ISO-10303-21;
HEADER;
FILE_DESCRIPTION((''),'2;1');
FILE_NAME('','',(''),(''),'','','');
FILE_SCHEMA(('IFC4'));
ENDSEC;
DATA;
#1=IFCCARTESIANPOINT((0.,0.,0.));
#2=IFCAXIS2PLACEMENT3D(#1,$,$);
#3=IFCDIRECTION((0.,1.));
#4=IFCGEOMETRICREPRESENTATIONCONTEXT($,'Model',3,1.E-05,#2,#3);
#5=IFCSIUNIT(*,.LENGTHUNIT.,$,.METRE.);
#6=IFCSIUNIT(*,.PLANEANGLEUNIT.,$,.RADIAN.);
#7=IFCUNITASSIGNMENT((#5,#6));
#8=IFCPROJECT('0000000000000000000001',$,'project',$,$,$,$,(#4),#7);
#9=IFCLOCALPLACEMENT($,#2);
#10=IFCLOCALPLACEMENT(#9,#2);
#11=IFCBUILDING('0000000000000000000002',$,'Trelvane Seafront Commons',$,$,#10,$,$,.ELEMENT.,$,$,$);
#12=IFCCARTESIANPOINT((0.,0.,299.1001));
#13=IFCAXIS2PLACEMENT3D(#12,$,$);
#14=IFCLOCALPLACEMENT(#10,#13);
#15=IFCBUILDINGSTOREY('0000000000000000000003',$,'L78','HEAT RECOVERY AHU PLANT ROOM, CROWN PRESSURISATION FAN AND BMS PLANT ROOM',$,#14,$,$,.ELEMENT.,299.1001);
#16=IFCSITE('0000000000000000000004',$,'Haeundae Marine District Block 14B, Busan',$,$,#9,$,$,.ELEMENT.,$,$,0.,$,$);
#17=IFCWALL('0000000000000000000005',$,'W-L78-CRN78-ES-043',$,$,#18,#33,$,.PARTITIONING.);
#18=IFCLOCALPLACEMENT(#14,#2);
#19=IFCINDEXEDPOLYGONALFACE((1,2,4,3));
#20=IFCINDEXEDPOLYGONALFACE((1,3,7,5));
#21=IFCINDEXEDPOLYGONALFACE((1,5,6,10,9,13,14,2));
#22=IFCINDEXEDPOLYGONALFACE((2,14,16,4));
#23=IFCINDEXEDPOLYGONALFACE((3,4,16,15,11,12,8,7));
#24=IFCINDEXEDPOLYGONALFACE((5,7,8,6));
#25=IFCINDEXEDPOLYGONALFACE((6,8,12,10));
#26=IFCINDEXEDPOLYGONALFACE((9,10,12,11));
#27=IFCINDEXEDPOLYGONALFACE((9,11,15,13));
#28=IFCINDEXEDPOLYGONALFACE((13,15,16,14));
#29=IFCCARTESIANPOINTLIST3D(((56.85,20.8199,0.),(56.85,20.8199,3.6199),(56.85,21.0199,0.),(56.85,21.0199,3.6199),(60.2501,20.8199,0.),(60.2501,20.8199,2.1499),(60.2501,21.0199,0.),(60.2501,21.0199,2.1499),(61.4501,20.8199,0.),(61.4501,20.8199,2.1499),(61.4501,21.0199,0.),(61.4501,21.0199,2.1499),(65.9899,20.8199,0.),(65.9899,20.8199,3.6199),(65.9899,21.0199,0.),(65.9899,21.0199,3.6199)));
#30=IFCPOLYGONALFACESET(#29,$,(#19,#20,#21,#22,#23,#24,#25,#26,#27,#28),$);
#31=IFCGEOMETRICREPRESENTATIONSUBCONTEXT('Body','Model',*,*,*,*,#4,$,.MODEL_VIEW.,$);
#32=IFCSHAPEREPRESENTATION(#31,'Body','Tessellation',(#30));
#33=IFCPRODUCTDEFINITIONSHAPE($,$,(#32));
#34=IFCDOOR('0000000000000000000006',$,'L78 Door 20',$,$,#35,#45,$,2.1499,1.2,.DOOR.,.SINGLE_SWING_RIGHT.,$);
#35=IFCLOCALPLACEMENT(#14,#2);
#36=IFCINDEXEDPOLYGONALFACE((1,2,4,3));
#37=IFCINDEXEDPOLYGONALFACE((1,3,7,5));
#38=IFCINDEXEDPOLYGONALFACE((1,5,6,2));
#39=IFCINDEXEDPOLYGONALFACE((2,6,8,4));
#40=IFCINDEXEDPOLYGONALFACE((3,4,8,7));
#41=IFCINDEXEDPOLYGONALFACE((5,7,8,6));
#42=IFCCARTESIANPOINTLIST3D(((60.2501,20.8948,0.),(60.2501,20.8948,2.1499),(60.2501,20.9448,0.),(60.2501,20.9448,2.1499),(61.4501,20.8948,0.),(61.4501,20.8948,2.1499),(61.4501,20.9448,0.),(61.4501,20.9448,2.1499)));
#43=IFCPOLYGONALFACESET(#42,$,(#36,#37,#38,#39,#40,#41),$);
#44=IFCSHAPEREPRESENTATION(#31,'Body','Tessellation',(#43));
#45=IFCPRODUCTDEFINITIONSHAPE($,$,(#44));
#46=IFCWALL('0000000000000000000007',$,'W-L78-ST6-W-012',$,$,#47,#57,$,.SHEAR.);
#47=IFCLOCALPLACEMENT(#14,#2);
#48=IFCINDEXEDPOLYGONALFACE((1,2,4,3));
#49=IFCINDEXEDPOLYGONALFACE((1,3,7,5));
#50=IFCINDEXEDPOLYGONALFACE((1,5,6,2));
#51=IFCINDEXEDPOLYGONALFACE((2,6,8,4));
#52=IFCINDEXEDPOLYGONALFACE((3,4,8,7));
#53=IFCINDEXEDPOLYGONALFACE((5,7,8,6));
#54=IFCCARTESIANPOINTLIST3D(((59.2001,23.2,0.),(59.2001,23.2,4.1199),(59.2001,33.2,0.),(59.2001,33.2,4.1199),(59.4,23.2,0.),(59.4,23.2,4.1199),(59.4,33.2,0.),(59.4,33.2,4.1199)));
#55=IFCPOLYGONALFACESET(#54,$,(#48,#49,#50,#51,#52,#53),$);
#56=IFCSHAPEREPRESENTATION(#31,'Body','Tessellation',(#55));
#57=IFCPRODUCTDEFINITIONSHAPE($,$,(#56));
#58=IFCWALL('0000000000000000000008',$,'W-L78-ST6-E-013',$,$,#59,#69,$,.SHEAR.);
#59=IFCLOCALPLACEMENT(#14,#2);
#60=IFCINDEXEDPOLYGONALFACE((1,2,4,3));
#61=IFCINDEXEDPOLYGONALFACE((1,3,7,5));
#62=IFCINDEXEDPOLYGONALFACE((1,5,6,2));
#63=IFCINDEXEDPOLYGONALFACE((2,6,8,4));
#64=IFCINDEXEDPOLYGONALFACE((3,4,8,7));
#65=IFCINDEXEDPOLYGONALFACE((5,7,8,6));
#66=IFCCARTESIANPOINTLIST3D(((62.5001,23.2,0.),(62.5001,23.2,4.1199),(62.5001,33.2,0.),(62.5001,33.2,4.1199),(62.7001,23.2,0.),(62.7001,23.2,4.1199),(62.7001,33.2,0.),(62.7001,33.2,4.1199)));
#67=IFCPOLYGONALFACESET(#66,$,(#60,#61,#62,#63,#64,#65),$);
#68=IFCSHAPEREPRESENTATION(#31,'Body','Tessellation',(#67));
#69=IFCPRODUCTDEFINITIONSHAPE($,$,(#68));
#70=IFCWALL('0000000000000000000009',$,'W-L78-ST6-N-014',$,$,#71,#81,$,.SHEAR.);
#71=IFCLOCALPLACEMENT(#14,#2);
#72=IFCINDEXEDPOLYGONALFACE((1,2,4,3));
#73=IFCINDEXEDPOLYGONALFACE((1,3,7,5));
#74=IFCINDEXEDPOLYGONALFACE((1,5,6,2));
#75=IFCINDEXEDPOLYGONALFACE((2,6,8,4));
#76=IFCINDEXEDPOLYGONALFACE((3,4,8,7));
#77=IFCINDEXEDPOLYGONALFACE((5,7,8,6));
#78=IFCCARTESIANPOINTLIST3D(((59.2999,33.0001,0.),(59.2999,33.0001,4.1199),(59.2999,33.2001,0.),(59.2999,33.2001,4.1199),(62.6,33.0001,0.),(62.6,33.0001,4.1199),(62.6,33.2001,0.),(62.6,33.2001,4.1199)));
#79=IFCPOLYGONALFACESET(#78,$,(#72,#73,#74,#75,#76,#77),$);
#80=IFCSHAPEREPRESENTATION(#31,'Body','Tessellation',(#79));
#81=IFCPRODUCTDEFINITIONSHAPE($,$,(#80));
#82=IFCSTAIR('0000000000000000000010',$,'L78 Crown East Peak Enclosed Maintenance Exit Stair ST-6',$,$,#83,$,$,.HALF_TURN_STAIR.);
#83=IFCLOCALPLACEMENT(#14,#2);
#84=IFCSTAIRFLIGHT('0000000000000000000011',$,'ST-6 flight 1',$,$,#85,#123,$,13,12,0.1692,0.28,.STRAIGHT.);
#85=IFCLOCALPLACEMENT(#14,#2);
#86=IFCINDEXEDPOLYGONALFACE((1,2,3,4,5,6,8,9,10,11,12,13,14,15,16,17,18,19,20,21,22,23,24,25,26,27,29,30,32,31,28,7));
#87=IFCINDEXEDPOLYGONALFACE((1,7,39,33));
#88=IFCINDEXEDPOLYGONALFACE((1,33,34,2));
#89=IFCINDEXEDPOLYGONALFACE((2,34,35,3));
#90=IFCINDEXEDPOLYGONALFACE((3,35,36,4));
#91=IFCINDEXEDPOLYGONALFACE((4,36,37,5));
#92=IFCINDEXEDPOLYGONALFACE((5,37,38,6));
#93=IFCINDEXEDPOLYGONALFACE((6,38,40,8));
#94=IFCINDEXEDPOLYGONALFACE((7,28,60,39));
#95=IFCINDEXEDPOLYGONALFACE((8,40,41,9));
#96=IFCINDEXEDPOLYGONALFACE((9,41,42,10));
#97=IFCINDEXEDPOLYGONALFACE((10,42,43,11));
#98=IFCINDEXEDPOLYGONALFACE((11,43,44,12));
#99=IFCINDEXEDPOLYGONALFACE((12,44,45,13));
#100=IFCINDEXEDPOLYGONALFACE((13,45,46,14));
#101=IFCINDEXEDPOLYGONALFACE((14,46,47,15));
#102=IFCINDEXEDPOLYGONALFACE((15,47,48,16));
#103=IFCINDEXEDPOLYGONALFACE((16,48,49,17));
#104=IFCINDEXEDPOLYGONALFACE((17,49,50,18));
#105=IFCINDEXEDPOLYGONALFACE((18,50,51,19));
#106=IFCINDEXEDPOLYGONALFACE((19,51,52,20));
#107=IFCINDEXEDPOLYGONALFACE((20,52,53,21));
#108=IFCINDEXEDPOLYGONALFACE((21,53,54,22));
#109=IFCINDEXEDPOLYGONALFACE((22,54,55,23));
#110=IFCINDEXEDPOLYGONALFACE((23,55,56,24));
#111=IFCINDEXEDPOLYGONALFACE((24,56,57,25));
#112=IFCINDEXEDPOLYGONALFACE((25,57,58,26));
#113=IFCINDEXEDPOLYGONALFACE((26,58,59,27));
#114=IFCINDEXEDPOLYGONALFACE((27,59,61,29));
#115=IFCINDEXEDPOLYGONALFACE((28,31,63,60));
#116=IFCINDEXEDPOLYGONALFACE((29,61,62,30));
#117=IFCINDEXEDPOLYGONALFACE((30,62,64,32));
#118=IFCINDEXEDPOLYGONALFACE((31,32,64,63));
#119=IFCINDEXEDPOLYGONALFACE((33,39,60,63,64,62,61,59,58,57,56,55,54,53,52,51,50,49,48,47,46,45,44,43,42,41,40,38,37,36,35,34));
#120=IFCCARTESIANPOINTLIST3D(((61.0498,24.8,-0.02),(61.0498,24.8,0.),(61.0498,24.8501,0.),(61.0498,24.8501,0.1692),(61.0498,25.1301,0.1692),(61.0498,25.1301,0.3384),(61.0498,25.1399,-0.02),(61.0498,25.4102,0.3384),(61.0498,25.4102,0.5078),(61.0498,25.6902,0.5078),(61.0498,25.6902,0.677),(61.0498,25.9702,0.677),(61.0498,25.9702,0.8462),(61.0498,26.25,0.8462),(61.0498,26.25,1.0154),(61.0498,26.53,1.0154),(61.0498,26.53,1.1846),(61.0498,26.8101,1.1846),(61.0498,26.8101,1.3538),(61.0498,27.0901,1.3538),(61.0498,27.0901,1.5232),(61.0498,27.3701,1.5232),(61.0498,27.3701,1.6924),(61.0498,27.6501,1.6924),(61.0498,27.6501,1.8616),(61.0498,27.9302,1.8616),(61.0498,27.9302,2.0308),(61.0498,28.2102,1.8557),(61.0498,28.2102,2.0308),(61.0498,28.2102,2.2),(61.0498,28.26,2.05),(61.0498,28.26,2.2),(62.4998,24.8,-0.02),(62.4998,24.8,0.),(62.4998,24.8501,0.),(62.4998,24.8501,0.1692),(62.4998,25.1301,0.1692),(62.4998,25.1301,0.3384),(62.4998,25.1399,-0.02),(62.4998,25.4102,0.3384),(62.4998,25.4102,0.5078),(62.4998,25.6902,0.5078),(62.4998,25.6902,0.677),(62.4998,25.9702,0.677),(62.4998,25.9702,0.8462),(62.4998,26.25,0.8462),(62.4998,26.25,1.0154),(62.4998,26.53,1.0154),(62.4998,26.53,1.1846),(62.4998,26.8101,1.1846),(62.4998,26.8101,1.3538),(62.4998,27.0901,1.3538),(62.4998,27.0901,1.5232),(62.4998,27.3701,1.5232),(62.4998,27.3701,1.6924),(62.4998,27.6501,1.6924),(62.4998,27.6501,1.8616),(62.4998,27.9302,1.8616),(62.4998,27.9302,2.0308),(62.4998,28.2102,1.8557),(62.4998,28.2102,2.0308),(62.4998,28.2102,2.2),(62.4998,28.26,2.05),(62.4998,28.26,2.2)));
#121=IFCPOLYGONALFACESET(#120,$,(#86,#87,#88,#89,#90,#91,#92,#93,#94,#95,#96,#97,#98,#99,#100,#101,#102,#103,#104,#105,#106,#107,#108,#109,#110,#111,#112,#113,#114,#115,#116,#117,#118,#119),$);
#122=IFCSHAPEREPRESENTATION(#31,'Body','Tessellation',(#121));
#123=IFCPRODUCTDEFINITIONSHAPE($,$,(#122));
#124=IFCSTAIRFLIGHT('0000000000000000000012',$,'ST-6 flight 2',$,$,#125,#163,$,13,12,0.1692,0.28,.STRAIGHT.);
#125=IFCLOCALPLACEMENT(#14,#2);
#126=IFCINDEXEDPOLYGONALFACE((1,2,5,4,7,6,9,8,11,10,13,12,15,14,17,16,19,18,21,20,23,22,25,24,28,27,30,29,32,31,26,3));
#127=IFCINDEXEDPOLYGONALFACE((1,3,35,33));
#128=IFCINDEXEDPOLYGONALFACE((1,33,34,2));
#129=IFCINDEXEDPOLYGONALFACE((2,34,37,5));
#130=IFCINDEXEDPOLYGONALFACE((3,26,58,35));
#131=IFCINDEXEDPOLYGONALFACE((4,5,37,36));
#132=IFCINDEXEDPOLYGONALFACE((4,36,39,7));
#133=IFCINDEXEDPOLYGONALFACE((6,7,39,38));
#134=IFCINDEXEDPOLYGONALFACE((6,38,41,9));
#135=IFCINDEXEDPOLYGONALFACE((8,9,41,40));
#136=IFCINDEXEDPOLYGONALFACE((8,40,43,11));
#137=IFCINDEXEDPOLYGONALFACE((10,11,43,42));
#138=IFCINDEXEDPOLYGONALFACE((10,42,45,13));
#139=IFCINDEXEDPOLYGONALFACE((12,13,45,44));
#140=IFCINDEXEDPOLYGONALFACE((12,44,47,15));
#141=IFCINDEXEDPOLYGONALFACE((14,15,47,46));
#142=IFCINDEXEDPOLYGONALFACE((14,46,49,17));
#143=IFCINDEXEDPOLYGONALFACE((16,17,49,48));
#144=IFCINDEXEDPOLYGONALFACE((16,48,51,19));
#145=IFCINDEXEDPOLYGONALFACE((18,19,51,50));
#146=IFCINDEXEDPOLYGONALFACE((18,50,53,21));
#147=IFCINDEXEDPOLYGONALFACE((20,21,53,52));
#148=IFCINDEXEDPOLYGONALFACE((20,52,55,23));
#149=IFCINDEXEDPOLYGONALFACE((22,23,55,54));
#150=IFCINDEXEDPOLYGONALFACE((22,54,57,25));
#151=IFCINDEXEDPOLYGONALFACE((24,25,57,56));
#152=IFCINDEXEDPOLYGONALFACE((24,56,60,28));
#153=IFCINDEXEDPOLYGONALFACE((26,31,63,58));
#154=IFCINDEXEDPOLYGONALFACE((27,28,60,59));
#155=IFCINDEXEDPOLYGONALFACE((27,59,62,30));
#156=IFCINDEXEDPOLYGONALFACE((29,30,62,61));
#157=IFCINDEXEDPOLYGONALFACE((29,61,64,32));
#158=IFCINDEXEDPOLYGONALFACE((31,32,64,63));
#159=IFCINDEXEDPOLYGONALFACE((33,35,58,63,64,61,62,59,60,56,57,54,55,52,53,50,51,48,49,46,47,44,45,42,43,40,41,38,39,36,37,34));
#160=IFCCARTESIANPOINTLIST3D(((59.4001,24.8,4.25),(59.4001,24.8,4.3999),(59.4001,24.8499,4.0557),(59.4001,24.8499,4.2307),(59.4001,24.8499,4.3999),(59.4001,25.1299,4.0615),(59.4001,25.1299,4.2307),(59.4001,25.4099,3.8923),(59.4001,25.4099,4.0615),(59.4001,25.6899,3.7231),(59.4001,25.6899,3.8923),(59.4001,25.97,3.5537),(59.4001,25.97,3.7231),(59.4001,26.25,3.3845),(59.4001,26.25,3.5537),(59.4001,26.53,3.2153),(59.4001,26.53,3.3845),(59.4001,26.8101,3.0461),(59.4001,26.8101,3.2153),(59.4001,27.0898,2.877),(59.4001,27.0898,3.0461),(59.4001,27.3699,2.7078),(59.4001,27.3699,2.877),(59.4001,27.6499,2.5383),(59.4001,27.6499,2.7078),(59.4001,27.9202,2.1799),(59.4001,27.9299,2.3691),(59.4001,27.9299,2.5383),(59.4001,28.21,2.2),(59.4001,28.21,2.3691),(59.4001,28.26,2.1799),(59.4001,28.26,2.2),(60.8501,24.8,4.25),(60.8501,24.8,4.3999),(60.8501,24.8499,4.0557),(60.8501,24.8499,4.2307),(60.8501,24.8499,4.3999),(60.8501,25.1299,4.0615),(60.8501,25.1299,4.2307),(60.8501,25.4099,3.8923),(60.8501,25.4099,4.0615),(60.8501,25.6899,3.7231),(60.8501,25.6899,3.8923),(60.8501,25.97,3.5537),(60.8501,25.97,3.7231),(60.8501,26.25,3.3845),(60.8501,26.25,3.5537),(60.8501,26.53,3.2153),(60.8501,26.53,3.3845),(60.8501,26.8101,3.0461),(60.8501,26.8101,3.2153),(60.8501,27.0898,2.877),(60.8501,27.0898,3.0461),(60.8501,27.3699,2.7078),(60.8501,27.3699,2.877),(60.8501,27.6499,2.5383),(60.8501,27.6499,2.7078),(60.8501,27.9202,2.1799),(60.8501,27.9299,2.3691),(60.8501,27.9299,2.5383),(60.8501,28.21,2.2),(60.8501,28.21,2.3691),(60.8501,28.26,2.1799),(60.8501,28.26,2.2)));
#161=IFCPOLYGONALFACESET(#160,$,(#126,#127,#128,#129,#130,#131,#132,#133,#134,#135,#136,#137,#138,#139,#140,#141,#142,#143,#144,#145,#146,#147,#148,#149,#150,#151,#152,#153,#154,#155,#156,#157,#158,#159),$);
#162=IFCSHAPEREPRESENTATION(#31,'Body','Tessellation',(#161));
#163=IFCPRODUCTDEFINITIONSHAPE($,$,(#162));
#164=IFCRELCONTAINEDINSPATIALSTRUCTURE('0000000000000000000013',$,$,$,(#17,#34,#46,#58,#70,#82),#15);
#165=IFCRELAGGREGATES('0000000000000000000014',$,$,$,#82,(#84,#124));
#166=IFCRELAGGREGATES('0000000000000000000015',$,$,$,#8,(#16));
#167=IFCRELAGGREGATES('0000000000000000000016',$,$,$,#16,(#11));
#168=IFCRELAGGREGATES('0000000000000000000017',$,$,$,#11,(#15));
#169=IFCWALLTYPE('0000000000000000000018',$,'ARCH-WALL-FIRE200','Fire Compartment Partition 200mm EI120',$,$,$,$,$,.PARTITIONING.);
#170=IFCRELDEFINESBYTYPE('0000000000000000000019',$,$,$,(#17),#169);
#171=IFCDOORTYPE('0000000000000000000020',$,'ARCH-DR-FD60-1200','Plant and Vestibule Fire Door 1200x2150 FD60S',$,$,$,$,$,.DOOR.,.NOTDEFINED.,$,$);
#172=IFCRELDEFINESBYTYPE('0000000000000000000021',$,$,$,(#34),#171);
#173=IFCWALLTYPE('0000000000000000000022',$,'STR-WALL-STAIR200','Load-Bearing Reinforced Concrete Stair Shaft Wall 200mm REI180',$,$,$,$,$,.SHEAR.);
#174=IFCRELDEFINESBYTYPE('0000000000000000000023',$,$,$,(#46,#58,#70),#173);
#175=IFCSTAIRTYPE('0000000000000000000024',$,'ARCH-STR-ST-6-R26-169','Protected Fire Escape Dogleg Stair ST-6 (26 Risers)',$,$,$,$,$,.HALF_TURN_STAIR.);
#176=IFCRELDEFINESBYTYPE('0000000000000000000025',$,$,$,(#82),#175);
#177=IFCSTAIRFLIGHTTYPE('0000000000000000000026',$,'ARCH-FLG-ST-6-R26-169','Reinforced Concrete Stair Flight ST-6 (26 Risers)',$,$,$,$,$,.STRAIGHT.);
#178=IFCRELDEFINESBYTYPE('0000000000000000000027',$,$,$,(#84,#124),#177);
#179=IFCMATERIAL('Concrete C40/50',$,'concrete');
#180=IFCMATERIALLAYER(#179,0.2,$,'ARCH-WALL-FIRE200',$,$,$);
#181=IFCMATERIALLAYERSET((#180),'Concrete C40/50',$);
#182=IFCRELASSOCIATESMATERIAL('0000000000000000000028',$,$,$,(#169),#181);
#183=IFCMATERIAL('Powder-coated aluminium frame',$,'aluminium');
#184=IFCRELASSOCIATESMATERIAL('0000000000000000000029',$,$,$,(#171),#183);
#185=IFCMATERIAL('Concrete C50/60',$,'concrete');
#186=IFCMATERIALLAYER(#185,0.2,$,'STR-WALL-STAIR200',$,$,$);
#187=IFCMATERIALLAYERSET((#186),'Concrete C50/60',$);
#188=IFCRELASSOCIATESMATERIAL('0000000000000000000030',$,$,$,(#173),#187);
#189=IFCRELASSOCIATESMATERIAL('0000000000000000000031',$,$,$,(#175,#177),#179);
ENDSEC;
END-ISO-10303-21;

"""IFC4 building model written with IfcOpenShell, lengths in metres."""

from ifc_helpers import new_model, si_unit, direction, frame, frame_2d, origin, place, context, subcontext, project, spatial, polyline, rectangle, outline, extrude, source, transform, mapped, material, layer, layer_set, type_object, element, fill, aggregate, save


model = new_model("IFC4")

# Units and contexts
model_context = context("Model", 3, precision=1e-05, world=origin(), true_north=direction((0.0, 1.0)))
body_context = subcontext(model_context, "Body", "Model", "MODEL_VIEW")
ifc_project = project(units=[si_unit("LENGTHUNIT", "METRE"), si_unit("PLANEANGLEUNIT", "RADIAN")], contexts=[model_context])

# Site, building, storey
site_placement = place(None, origin())
site = spatial("IfcSite", under=ifc_project, at=site_placement, Name="Haeundae Marine District Block 14B, Busan", CompositionType="ELEMENT", RefElevation=0.0)
building_placement = place(site_placement, origin())
building = spatial("IfcBuilding", under=site, at=building_placement, Name="Trelvane Seafront Commons", CompositionType="ELEMENT")
storey_placement = place(building_placement, frame((0.0, 0.0, 299.1001)))
storey = spatial("IfcBuildingStorey", under=building, at=storey_placement, Name="L78", Description="HEAT RECOVERY AHU PLANT ROOM, CROWN PRESSURISATION FAN AND BMS PLANT ROOM", CompositionType="ELEMENT", Elevation=299.1001)

# Wall, opening, door
ifc_material_1 = material(Name="Concrete C40/50", Category="concrete")
ifc_layer_1 = layer(ifc_material_1, 0.2, Name="ARCH-WALL-FIRE200")
ifc_layer_set_1 = layer_set([ifc_layer_1], Name="Concrete C40/50")
wall_type_1 = type_object("IfcWallType", Name="ARCH-WALL-FIRE200", Description="Fire Compartment Partition 200mm EI120", PredefinedType="PARTITIONING", material=ifc_layer_set_1)
wall_1_placement = place(storey_placement, frame((56.8501, 20.9199, 0.0), z_axis=(0.0, 0.0, 1.0), x_axis=(1.0, 0.0, 0.0)))
wall_1 = element("IfcWall", 1, at=wall_1_placement, inside=storey, type_object=wall_type_1, Name="W-L78-CRN78-ES-043", PredefinedType="PARTITIONING", context=body_context, shape_type="SweptSolid", body=[
    extrude(rectangle(XDim=9.1399, YDim=0.2, at=frame_2d((4.5698, 0.0))), origin(), (0.0, 0.0, 1.0), 3.6199),
])
opening_1_placement = place(wall_1_placement, frame((3.3999, 0.0, 0.0)))
opening_1 = element("IfcOpeningElement", 2, at=opening_1_placement, cuts=wall_1, PredefinedType="OPENING", context=body_context, shape_type="SweptSolid", body=[
    extrude(rectangle(XDim=1.2, YDim=2.1499, at=frame_2d((0.6001, 1.075))), frame((0.0, 0.1099, 0.0), z_axis=(0.0, -1.0, 0.0), x_axis=(1.0, 0.0, 0.0)), (0.0, 0.0, 1.0), 0.22),
])
ifc_material_2 = material(Name="Powder-coated aluminium frame", Category="aluminium")
door_type_1 = type_object("IfcDoorType", Name="ARCH-DR-FD60-1200", Description="Plant and Vestibule Fire Door 1200x2150 FD60S", OperationType="NOTDEFINED", PredefinedType="DOOR", material=ifc_material_2)
shared_shape_1 = source(origin(), body_context, "Body", "SweptSolid", [
    extrude(rectangle(XDim=1.2, YDim=2.1499, at=frame_2d((0.6001, 1.075))), frame((0.0, 0.0249, 0.0), z_axis=(0.0, -1.0, 0.0), x_axis=(1.0, 0.0, 0.0)), (0.0, 0.0, 1.0), 0.05),
])
door_1_placement = place(opening_1_placement, origin())
door_1 = element("IfcDoor", 3, at=door_1_placement, inside=storey, type_object=door_type_1, Name="L78 Door 20", OperationType="SINGLE_SWING_RIGHT", OverallHeight=2.1499, OverallWidth=1.2, PredefinedType="DOOR", context=body_context, shape_type="MappedRepresentation", body=[
    mapped(shared_shape_1, transform((0.0, 0.0, 0.0), x_axis=(1.0, 0.0, 0.0), y_axis=(0.0, 1.0, 0.0), z_axis=(0.0, 0.0, 1.0), scale=1.0)),
])
fill(opening_1, door_1)

# Walls
ifc_material_3 = material(Name="Concrete C50/60", Category="concrete")
ifc_layer_2 = layer(ifc_material_3, 0.2, Name="STR-WALL-STAIR200")
ifc_layer_set_2 = layer_set([ifc_layer_2], Name="Concrete C50/60")
wall_type_2 = type_object("IfcWallType", Name="STR-WALL-STAIR200", Description="Load-Bearing Reinforced Concrete Stair Shaft Wall 200mm REI180", PredefinedType="SHEAR", material=ifc_layer_set_2)
for number, where, z_axis, x_axis, name in (
    (4, (59.3, 23.2, 0.0), (0.0, 0.0, 1.0), (0.0, 1.0, 0.0), "W-L78-ST6-W-012"),
    (5, (62.6001, 23.2, 0.0), (0.0, 0.0, 1.0), (0.0, 1.0, 0.0), "W-L78-ST6-E-013"),
):
    element("IfcWall", number, at=place(storey_placement, frame(where, z_axis=z_axis, x_axis=x_axis)), inside=storey, type_object=wall_type_2, Name=name, PredefinedType="SHEAR", context=body_context, shape_type="SweptSolid", body=[
        extrude(rectangle(XDim=10.0, YDim=0.2, at=frame_2d((5.0, 0.0))), origin(), (0.0, 0.0, 1.0), 4.1199),
    ])
wall_2_placement = place(storey_placement, frame((59.3, 33.1001, 0.0), z_axis=(0.0, 0.0, 1.0), x_axis=(1.0, 0.0, 0.0)))
element("IfcWall", 6, at=wall_2_placement, inside=storey, type_object=wall_type_2, Name="W-L78-ST6-N-014", PredefinedType="SHEAR", context=body_context, shape_type="SweptSolid", body=[
    extrude(rectangle(XDim=3.3, YDim=0.2, at=frame_2d((1.6499, 0.0))), origin(), (0.0, 0.0, 1.0), 4.1199),
])

# Stair, stair flights
stair_type = type_object("IfcStairType", Name="ARCH-STR-ST-6-R26-169", Description="Protected Fire Escape Dogleg Stair ST-6 (26 Risers)", PredefinedType="HALF_TURN_STAIR", material=ifc_material_1)
stair_placement = place(storey_placement, origin())
stair = element("IfcStair", 7, at=stair_placement, inside=storey, type_object=stair_type, Name="L78 Crown East Peak Enclosed Maintenance Exit Stair ST-6", PredefinedType="HALF_TURN_STAIR")
stair_flight_type = type_object("IfcStairFlightType", Name="ARCH-FLG-ST-6-R26-169", Description="Reinforced Concrete Stair Flight ST-6 (26 Risers)", PredefinedType="STRAIGHT", material=ifc_material_1)
shared_shape_2 = source(origin(), body_context, "Body", "SweptSolid", [
    extrude(outline(polyline([(-0.05, -0.02), (-0.05, 0.0), (0.0, 0.0), (0.0, 0.1692), (0.28, 0.1692), (0.28, 0.3384), (0.5601, 0.3384), (0.5601, 0.5078), (0.8401, 0.5078), (0.8401, 0.677), (1.1201, 0.677), (1.1201, 0.8462), (1.3999, 0.8462), (1.3999, 1.0154), (1.6799, 1.0154), (1.6799, 1.1846), (1.96, 1.1846), (1.96, 1.3538), (2.24, 1.3538), (2.24, 1.5232), (2.52, 1.5232), (2.52, 1.6924), (2.8, 1.6924), (2.8, 1.8616), (3.0801, 1.8616), (3.0801, 2.0308), (3.3601, 2.0308), (3.3601, 2.2), (3.4099, 2.2), (3.4099, 2.05), (3.3601, 1.8557), (0.2898, -0.02), (-0.05, -0.02)])), frame((0.0, 0.7251, 0.0), z_axis=(0.0, -1.0, 0.0), x_axis=(1.0, 0.0, 0.0)), (0.0, 0.0, 1.0), 1.45),
])
stair_flight_1_placement = place(storey_placement, frame((61.7749, 24.8501, 0.0), z_axis=(0.0, 0.0, 1.0), x_axis=(0.0, 1.0, 0.0)))
stair_flight_1 = element("IfcStairFlight", 8, at=stair_flight_1_placement, type_object=stair_flight_type, Name="ST-6 flight 1", NumberOfRisers=13, NumberOfTreads=12, PredefinedType="STRAIGHT", RiserHeight=0.1692, TreadLength=0.28, context=body_context, shape_type="MappedRepresentation", body=[
    mapped(shared_shape_2, transform((0.0, 0.0, 0.0), x_axis=(1.0, 0.0, 0.0), y_axis=(0.0, 1.0, 0.0), z_axis=(0.0, 0.0, 1.0), scale=1.0)),
])
stair_flight_2_placement = place(storey_placement, frame((60.125, 28.21, 2.2), z_axis=(0.0, 0.0, 1.0), x_axis=(0.0, -1.0, 0.0)))
stair_flight_2 = element("IfcStairFlight", 9, at=stair_flight_2_placement, type_object=stair_flight_type, Name="ST-6 flight 2", NumberOfRisers=13, NumberOfTreads=12, PredefinedType="STRAIGHT", RiserHeight=0.1692, TreadLength=0.28, context=body_context, shape_type="MappedRepresentation", body=[
    mapped(shared_shape_2, transform((0.0, 0.0, 0.0), x_axis=(1.0, 0.0, 0.0), y_axis=(0.0, 1.0, 0.0), z_axis=(0.0, 0.0, 1.0), scale=1.0)),
])
aggregate(stair, [stair_flight_1, stair_flight_2])

save(model, "model.ifc")
